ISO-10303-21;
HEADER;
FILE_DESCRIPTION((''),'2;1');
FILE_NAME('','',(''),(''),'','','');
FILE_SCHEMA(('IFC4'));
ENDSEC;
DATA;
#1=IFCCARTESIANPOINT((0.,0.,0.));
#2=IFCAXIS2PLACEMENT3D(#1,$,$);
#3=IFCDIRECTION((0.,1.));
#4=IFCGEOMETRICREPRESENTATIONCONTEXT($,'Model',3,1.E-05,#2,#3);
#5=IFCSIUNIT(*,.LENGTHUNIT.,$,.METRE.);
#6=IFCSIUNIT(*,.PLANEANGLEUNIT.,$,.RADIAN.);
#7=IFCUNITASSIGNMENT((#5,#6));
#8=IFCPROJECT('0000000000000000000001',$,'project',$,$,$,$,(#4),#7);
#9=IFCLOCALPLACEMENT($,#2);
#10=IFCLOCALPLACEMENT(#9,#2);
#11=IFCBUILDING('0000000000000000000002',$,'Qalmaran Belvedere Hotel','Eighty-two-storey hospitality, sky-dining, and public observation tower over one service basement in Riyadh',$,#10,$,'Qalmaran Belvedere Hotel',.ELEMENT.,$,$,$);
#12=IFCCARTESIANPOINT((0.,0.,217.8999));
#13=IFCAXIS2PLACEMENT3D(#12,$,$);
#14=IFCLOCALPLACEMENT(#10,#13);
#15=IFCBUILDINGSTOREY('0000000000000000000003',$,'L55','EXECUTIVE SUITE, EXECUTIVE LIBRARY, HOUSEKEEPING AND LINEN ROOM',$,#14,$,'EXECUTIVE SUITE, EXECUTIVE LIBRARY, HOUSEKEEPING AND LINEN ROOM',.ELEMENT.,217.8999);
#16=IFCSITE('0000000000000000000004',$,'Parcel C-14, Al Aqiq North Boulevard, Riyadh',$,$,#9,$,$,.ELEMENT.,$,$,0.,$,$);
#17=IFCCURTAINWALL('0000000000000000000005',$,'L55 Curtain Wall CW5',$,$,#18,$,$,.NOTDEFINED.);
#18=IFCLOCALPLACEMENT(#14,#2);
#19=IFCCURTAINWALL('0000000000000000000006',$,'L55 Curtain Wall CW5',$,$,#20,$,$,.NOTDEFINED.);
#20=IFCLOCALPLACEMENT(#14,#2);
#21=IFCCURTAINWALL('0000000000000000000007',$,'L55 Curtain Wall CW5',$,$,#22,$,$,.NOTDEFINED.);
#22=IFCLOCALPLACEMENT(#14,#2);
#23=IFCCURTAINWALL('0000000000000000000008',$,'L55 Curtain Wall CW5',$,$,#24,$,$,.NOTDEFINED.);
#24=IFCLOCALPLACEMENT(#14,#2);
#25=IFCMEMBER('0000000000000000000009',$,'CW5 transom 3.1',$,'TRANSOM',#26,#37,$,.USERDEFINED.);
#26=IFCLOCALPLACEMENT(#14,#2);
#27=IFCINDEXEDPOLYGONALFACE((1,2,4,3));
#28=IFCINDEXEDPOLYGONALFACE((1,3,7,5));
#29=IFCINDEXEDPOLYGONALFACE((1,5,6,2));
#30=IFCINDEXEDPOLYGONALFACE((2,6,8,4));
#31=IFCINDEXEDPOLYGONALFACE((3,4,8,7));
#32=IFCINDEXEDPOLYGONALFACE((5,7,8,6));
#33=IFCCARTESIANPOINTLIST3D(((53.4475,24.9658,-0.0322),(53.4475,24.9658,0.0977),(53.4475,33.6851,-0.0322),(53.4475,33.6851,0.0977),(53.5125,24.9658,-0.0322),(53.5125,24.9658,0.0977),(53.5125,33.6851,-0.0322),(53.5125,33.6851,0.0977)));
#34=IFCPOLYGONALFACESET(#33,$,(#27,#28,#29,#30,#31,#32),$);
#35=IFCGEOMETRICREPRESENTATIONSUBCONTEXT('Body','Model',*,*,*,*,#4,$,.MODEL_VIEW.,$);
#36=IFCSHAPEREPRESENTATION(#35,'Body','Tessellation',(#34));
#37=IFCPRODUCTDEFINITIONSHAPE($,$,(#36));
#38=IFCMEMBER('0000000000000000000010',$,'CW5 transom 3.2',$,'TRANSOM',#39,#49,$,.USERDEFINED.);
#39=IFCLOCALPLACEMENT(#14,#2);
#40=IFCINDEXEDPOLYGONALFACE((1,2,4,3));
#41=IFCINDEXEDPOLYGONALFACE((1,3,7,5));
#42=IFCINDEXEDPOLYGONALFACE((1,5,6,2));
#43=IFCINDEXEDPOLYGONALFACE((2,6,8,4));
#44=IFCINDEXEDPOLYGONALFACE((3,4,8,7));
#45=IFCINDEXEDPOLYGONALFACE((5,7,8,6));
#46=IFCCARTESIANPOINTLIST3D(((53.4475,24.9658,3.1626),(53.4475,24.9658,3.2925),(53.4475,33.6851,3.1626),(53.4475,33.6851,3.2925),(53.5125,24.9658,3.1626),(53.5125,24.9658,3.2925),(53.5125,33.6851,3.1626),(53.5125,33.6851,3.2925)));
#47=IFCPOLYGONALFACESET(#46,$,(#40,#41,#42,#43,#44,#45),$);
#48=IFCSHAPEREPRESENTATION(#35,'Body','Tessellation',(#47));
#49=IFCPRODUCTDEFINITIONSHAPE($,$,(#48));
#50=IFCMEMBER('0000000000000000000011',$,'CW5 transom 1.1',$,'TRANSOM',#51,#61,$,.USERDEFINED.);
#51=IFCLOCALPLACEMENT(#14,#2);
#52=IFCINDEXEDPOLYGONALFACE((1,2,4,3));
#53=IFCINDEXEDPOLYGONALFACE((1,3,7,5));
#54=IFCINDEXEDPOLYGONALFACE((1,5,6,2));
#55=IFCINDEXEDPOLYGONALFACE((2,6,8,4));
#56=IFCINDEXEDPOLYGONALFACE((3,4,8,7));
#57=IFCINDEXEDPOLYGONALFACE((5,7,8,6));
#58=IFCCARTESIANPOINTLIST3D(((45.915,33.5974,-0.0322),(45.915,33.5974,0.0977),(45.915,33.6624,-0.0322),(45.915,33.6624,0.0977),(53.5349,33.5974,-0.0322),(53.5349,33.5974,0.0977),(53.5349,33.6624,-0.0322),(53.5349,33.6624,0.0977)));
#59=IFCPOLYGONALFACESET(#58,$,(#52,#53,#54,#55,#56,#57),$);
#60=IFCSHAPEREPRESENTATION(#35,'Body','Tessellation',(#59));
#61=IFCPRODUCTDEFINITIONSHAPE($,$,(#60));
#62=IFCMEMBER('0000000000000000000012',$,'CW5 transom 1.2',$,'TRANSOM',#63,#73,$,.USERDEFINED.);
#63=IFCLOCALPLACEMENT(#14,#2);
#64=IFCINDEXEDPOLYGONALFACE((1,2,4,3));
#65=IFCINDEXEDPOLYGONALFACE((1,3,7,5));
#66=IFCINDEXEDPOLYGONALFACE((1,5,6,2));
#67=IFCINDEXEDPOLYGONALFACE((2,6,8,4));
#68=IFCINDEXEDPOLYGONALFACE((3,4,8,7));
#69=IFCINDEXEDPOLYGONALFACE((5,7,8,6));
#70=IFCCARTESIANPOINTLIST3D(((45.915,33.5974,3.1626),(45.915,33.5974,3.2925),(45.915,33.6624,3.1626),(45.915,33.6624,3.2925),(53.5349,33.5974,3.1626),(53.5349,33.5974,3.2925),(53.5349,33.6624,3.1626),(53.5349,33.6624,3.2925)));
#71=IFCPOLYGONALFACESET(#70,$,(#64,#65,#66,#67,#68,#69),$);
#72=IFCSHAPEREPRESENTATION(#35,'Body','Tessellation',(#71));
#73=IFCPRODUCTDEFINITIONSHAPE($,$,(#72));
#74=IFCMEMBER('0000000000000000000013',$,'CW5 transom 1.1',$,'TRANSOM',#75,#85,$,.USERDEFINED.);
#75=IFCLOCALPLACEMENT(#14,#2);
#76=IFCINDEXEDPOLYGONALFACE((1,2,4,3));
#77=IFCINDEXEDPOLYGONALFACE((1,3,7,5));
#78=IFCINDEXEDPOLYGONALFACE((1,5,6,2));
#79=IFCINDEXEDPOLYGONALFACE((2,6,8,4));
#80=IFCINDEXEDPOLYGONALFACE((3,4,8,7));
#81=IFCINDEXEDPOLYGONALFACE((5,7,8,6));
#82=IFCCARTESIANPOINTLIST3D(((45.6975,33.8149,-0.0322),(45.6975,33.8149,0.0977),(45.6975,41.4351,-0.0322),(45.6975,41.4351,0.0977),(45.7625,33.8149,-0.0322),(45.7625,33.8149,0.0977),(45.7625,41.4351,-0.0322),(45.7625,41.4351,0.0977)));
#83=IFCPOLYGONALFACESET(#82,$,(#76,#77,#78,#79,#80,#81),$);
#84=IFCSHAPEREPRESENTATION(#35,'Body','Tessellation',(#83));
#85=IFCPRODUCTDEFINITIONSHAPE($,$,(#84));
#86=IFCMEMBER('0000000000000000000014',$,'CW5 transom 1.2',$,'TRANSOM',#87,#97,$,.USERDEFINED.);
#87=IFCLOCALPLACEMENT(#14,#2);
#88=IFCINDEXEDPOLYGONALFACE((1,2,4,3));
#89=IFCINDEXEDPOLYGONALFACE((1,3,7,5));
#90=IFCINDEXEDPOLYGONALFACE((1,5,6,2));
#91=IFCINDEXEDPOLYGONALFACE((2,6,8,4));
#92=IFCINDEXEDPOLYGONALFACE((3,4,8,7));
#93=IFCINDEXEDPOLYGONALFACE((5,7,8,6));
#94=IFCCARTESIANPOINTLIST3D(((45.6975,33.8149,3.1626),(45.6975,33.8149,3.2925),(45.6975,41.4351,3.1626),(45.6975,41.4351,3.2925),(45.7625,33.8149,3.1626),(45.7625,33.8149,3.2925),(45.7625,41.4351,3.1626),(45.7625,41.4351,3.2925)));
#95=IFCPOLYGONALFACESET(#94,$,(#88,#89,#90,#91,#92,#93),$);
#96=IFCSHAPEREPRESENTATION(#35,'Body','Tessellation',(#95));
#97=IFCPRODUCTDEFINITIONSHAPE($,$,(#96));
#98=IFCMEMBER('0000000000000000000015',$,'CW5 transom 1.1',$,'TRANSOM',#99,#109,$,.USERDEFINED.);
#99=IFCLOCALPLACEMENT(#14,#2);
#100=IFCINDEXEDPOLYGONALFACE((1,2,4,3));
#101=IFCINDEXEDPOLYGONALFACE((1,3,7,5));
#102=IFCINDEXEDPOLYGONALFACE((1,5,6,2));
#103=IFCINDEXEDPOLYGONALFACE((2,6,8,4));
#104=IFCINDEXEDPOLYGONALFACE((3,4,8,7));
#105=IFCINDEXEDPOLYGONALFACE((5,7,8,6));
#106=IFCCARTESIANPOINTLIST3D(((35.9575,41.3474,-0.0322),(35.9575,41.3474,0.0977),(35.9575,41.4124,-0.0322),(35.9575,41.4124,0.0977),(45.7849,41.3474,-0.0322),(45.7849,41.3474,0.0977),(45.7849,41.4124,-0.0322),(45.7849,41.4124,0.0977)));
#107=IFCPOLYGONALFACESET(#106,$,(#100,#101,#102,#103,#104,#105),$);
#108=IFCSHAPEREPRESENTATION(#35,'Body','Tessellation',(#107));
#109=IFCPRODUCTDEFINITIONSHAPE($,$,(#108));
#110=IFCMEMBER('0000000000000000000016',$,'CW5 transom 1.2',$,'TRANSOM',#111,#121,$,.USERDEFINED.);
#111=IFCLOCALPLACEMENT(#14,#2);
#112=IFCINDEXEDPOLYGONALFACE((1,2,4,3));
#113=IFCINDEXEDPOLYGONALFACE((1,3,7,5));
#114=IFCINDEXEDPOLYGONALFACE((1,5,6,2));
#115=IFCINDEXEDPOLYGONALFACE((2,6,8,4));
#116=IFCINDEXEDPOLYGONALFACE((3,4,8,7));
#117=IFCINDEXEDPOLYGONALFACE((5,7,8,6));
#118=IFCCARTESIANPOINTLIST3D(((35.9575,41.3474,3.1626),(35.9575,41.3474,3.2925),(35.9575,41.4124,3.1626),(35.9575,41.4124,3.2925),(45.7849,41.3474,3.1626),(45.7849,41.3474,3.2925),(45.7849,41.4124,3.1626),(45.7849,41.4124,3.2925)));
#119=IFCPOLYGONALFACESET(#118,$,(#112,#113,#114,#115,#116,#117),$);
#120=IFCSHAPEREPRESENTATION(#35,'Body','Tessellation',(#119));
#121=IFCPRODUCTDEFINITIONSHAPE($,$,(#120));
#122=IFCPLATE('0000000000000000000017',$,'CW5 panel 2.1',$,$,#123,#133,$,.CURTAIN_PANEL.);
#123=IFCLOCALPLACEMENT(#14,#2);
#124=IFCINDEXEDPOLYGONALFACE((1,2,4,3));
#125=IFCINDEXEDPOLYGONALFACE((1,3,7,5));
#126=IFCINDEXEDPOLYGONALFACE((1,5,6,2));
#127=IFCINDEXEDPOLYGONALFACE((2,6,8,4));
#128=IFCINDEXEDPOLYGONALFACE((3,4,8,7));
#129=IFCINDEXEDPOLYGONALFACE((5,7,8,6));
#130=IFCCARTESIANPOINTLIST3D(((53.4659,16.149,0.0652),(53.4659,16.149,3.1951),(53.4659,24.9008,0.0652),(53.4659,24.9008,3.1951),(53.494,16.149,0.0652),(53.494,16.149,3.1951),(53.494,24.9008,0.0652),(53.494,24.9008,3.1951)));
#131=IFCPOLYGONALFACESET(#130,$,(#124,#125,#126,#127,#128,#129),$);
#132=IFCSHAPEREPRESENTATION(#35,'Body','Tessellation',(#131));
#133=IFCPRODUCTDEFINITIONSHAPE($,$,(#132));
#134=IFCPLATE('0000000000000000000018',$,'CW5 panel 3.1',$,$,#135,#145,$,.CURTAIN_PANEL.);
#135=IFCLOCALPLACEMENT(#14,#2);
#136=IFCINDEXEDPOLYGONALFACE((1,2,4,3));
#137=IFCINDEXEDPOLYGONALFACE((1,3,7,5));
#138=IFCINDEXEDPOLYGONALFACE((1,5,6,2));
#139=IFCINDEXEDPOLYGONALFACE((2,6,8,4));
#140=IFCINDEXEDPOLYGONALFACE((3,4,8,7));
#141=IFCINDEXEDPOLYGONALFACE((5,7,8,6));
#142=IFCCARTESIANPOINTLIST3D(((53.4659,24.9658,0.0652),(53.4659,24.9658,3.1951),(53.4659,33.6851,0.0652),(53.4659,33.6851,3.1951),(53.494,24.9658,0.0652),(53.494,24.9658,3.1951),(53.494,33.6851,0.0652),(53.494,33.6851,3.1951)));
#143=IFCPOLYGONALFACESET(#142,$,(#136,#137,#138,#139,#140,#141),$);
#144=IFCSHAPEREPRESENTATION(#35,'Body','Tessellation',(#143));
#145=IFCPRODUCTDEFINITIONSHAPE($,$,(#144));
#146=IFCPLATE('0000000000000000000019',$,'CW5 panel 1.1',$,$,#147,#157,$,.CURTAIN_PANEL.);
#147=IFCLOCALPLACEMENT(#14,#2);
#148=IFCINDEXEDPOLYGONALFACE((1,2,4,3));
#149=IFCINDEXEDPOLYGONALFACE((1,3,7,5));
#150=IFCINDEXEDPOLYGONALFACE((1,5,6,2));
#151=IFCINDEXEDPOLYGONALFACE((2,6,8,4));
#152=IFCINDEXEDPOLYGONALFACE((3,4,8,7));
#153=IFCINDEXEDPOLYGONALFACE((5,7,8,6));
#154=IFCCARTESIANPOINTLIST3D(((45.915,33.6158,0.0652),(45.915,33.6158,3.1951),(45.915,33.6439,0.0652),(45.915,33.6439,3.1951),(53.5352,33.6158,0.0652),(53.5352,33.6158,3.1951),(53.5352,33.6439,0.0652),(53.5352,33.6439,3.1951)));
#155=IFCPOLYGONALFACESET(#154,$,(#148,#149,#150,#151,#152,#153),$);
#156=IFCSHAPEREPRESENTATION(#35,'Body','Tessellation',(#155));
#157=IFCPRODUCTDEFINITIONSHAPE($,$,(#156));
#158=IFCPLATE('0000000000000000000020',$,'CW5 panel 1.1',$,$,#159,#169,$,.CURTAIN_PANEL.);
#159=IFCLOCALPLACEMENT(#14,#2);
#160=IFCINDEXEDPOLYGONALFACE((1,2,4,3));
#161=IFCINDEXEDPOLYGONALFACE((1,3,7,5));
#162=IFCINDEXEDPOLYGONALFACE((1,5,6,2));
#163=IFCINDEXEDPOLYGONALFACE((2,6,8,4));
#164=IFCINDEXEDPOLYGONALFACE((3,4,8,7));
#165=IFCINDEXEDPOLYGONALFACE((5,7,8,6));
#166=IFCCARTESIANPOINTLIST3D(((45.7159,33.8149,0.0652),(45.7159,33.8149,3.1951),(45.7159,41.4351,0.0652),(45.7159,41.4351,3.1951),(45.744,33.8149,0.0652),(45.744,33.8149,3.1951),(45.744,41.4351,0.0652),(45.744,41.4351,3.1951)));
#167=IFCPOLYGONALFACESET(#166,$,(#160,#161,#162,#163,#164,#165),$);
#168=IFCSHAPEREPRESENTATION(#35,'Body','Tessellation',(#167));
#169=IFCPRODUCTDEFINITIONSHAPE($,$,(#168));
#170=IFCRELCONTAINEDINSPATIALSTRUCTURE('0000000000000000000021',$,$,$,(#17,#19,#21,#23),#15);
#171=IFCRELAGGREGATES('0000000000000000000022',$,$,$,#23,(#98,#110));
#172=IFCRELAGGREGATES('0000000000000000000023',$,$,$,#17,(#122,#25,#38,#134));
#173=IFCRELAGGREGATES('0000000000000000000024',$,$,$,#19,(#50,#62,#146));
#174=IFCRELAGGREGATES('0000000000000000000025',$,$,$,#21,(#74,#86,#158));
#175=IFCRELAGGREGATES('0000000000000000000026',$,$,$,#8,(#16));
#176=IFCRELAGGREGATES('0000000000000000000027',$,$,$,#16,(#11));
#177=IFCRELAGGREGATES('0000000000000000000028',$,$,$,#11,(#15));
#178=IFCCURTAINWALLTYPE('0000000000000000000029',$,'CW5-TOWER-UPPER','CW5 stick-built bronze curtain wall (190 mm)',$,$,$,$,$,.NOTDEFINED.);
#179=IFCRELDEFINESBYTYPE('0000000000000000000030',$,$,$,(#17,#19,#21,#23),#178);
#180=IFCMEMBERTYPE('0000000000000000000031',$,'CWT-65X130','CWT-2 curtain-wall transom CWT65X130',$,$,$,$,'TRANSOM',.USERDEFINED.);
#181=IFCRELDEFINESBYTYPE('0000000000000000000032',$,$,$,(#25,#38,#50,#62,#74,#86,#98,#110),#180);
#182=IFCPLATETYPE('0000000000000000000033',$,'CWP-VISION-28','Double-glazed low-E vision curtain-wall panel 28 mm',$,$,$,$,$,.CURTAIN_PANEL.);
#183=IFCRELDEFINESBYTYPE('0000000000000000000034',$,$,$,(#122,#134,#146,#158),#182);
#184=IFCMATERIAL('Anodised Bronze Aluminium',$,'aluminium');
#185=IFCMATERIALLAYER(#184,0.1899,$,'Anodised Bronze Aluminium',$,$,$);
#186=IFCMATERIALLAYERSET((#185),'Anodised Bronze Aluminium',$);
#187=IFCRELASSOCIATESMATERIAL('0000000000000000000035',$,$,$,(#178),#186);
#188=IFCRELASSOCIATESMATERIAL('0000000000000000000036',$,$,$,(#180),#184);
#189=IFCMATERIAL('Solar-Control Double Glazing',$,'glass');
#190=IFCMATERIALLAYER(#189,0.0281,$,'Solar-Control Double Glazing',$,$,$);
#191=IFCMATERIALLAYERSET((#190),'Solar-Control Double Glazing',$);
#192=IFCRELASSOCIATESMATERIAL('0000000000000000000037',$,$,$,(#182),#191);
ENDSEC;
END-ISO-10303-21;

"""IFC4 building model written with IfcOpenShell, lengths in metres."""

from ifc_helpers import new_model, si_unit, direction, frame, origin, origin_2d, place, context, subcontext, project, spatial, rectangle, extrude, material, layer, layer_set, material_profile, profile_set, type_object, element, aggregate, save


model = new_model("IFC4")

# Units and contexts
model_context = context("Model", 3, precision=1e-05, world=origin(), true_north=direction((0.0, 1.0)))
body_context = subcontext(model_context, "Body", "Model", "MODEL_VIEW")
ifc_project = project(units=[si_unit("LENGTHUNIT", "METRE"), si_unit("PLANEANGLEUNIT", "RADIAN")], contexts=[model_context])

# Site, building, storey
site_placement = place(None, origin())
site = spatial("IfcSite", under=ifc_project, at=site_placement, Name="Parcel C-14, Al Aqiq North Boulevard, Riyadh", CompositionType="ELEMENT", RefElevation=0.0)
building_placement = place(site_placement, origin())
building = spatial("IfcBuilding", under=site, at=building_placement, Name="Qalmaran Belvedere Hotel", Description="Eighty-two-storey hospitality, sky-dining, and public observation tower over one service basement in Riyadh", LongName="Qalmaran Belvedere Hotel", CompositionType="ELEMENT")
storey_placement = place(building_placement, frame((0.0, 0.0, 217.8999)))
storey = spatial("IfcBuildingStorey", under=building, at=storey_placement, Name="L55", Description="EXECUTIVE SUITE, EXECUTIVE LIBRARY, HOUSEKEEPING AND LINEN ROOM", LongName="EXECUTIVE SUITE, EXECUTIVE LIBRARY, HOUSEKEEPING AND LINEN ROOM", CompositionType="ELEMENT", Elevation=217.8999)

# Curtain walls
ifc_material_1 = material(Name="Anodised Bronze Aluminium", Category="aluminium")
ifc_layer_1 = layer(ifc_material_1, 0.1899, Name="Anodised Bronze Aluminium")
ifc_layer_set_1 = layer_set([ifc_layer_1], Name="Anodised Bronze Aluminium")
curtain_wall_type = type_object("IfcCurtainWallType", Name="CW5-TOWER-UPPER", Description="CW5 stick-built bronze curtain wall (190 mm)", PredefinedType="NOTDEFINED", material=ifc_layer_set_1)
curtain_wall_1_placement = place(storey_placement, origin())
curtain_wall_1 = element("IfcCurtainWall", 1, at=curtain_wall_1_placement, inside=storey, type_object=curtain_wall_type, Name="L55 Curtain Wall CW5", PredefinedType="NOTDEFINED")
curtain_wall_2_placement = place(storey_placement, origin())
curtain_wall_2 = element("IfcCurtainWall", 2, at=curtain_wall_2_placement, inside=storey, type_object=curtain_wall_type, Name="L55 Curtain Wall CW5", PredefinedType="NOTDEFINED")
curtain_wall_3_placement = place(storey_placement, origin())
curtain_wall_3 = element("IfcCurtainWall", 3, at=curtain_wall_3_placement, inside=storey, type_object=curtain_wall_type, Name="L55 Curtain Wall CW5", PredefinedType="NOTDEFINED")

# Curtain wall
curtain_wall_4_placement = place(storey_placement, origin())
curtain_wall_4 = element("IfcCurtainWall", 4, at=curtain_wall_4_placement, inside=storey, type_object=curtain_wall_type, Name="L55 Curtain Wall CW5", PredefinedType="NOTDEFINED")

# Members
ifc_material_profile_1 = material_profile(ifc_material_1, rectangle(XDim=0.0649, YDim=0.1299, at=origin_2d()), Name="CWT65X130")
ifc_profile_set_1 = profile_set([ifc_material_profile_1], Name="Anodised Bronze Aluminium")
member_type_1 = type_object("IfcMemberType", Name="CWT-65X130", Description="CWT-2 curtain-wall transom CWT65X130", ElementType="TRANSOM", PredefinedType="USERDEFINED", material=ifc_profile_set_1)
member_1_placement = place(storey_placement, frame((53.48, 24.9658, 0.0327), z_axis=(0.0, 1.0, 0.0), x_axis=(-1.0, 0.0, 0.0)))
member_1 = element("IfcMember", 5, at=member_1_placement, type_object=member_type_1, Name="CW5 transom 3.1", ObjectType="TRANSOM", PredefinedType="USERDEFINED", context=body_context, shape_type="SweptSolid", body=[
    extrude(rectangle(XDim=0.0649, YDim=0.1299, at=origin_2d()), origin(), (0.0, 0.0, 1.0), 8.7192),
])
member_2_placement = place(storey_placement, frame((53.48, 24.9658, 3.2275), z_axis=(0.0, 1.0, 0.0), x_axis=(-1.0, 0.0, 0.0)))
member_2 = element("IfcMember", 6, at=member_2_placement, type_object=member_type_1, Name="CW5 transom 3.2", ObjectType="TRANSOM", PredefinedType="USERDEFINED", context=body_context, shape_type="SweptSolid", body=[
    extrude(rectangle(XDim=0.0649, YDim=0.1299, at=origin_2d()), origin(), (0.0, 0.0, 1.0), 8.7192),
])
member_3_placement = place(storey_placement, frame((53.5349, 33.6299, 0.0327), z_axis=(-1.0, 0.0, 0.0), x_axis=(0.0, -1.0, 0.0)))
member_3 = element("IfcMember", 7, at=member_3_placement, type_object=member_type_1, Name="CW5 transom 1.1", ObjectType="TRANSOM", PredefinedType="USERDEFINED", context=body_context, shape_type="SweptSolid", body=[
    extrude(rectangle(XDim=0.0649, YDim=0.1299, at=origin_2d()), origin(), (0.0, 0.0, 1.0), 7.6199),
])
member_4_placement = place(storey_placement, frame((53.5349, 33.6299, 3.2275), z_axis=(-1.0, 0.0, 0.0), x_axis=(0.0, -1.0, 0.0)))
member_4 = element("IfcMember", 8, at=member_4_placement, type_object=member_type_1, Name="CW5 transom 1.2", ObjectType="TRANSOM", PredefinedType="USERDEFINED", context=body_context, shape_type="SweptSolid", body=[
    extrude(rectangle(XDim=0.0649, YDim=0.1299, at=origin_2d()), origin(), (0.0, 0.0, 1.0), 7.6199),
])
member_5_placement = place(storey_placement, frame((45.73, 33.8149, 0.0327), z_axis=(0.0, 1.0, 0.0), x_axis=(-1.0, 0.0, 0.0)))
member_5 = element("IfcMember", 9, at=member_5_placement, type_object=member_type_1, Name="CW5 transom 1.1", ObjectType="TRANSOM", PredefinedType="USERDEFINED", context=body_context, shape_type="SweptSolid", body=[
    extrude(rectangle(XDim=0.0649, YDim=0.1299, at=origin_2d()), origin(), (0.0, 0.0, 1.0), 7.6201),
])
member_6_placement = place(storey_placement, frame((45.73, 33.8149, 3.2275), z_axis=(0.0, 1.0, 0.0), x_axis=(-1.0, 0.0, 0.0)))
member_6 = element("IfcMember", 10, at=member_6_placement, type_object=member_type_1, Name="CW5 transom 1.2", ObjectType="TRANSOM", PredefinedType="USERDEFINED", context=body_context, shape_type="SweptSolid", body=[
    extrude(rectangle(XDim=0.0649, YDim=0.1299, at=origin_2d()), origin(), (0.0, 0.0, 1.0), 7.6201),
])
member_7_placement = place(storey_placement, frame((45.7849, 41.3799, 0.0327), z_axis=(-1.0, 0.0, 0.0), x_axis=(0.0, -1.0, 0.0)))
member_7 = element("IfcMember", 11, at=member_7_placement, type_object=member_type_1, Name="CW5 transom 1.1", ObjectType="TRANSOM", PredefinedType="USERDEFINED", context=body_context, shape_type="SweptSolid", body=[
    extrude(rectangle(XDim=0.0649, YDim=0.1299, at=origin_2d()), origin(), (0.0, 0.0, 1.0), 9.8274),
])
member_8_placement = place(storey_placement, frame((45.7849, 41.3799, 3.2275), z_axis=(-1.0, 0.0, 0.0), x_axis=(0.0, -1.0, 0.0)))
member_8 = element("IfcMember", 12, at=member_8_placement, type_object=member_type_1, Name="CW5 transom 1.2", ObjectType="TRANSOM", PredefinedType="USERDEFINED", context=body_context, shape_type="SweptSolid", body=[
    extrude(rectangle(XDim=0.0649, YDim=0.1299, at=origin_2d()), origin(), (0.0, 0.0, 1.0), 9.8274),
])
aggregate(curtain_wall_4, [member_7, member_8])

# Plates
ifc_material_2 = material(Name="Solar-Control Double Glazing", Category="glass")
ifc_layer_2 = layer(ifc_material_2, 0.0281, Name="Solar-Control Double Glazing")
ifc_layer_set_2 = layer_set([ifc_layer_2], Name="Solar-Control Double Glazing")
plate_type = type_object("IfcPlateType", Name="CWP-VISION-28", Description="Double-glazed low-E vision curtain-wall panel 28 mm", PredefinedType="CURTAIN_PANEL", material=ifc_layer_set_2)
plate_1_placement = place(storey_placement, frame((53.48, 20.5249, 0.0652), z_axis=(0.0, 0.0, 1.0), x_axis=(0.0, 1.0, 0.0)))
plate_1 = element("IfcPlate", 13, at=plate_1_placement, type_object=plate_type, Name="CW5 panel 2.1", PredefinedType="CURTAIN_PANEL", context=body_context, shape_type="SweptSolid", body=[
    extrude(rectangle(XDim=8.7517, YDim=0.0281, at=origin_2d()), origin(), (0.0, 0.0, 1.0), 3.1299),
])
plate_2_placement = place(storey_placement, frame((53.48, 29.3254, 0.0652), z_axis=(0.0, 0.0, 1.0), x_axis=(0.0, 1.0, 0.0)))
plate_2 = element("IfcPlate", 14, at=plate_2_placement, type_object=plate_type, Name="CW5 panel 3.1", PredefinedType="CURTAIN_PANEL", context=body_context, shape_type="SweptSolid", body=[
    extrude(rectangle(XDim=8.7192, YDim=0.0281, at=origin_2d()), origin(), (0.0, 0.0, 1.0), 3.1299),
])
aggregate(curtain_wall_1, [plate_1, member_1, member_2, plate_2])
plate_3_placement = place(storey_placement, frame((49.7251, 33.6299, 0.0652), z_axis=(0.0, 0.0, 1.0), x_axis=(-1.0, 0.0, 0.0)))
plate_3 = element("IfcPlate", 15, at=plate_3_placement, type_object=plate_type, Name="CW5 panel 1.1", PredefinedType="CURTAIN_PANEL", context=body_context, shape_type="SweptSolid", body=[
    extrude(rectangle(XDim=7.6201, YDim=0.0281, at=origin_2d()), origin(), (0.0, 0.0, 1.0), 3.1299),
])
aggregate(curtain_wall_2, [member_3, member_4, plate_3])
plate_4_placement = place(storey_placement, frame((45.73, 37.625, 0.0652), z_axis=(0.0, 0.0, 1.0), x_axis=(0.0, 1.0, 0.0)))
plate_4 = element("IfcPlate", 16, at=plate_4_placement, type_object=plate_type, Name="CW5 panel 1.1", PredefinedType="CURTAIN_PANEL", context=body_context, shape_type="SweptSolid", body=[
    extrude(rectangle(XDim=7.6201, YDim=0.0281, at=origin_2d()), origin(), (0.0, 0.0, 1.0), 3.1299),
])
aggregate(curtain_wall_3, [member_5, member_6, plate_4])

save(model, "model.ifc")
